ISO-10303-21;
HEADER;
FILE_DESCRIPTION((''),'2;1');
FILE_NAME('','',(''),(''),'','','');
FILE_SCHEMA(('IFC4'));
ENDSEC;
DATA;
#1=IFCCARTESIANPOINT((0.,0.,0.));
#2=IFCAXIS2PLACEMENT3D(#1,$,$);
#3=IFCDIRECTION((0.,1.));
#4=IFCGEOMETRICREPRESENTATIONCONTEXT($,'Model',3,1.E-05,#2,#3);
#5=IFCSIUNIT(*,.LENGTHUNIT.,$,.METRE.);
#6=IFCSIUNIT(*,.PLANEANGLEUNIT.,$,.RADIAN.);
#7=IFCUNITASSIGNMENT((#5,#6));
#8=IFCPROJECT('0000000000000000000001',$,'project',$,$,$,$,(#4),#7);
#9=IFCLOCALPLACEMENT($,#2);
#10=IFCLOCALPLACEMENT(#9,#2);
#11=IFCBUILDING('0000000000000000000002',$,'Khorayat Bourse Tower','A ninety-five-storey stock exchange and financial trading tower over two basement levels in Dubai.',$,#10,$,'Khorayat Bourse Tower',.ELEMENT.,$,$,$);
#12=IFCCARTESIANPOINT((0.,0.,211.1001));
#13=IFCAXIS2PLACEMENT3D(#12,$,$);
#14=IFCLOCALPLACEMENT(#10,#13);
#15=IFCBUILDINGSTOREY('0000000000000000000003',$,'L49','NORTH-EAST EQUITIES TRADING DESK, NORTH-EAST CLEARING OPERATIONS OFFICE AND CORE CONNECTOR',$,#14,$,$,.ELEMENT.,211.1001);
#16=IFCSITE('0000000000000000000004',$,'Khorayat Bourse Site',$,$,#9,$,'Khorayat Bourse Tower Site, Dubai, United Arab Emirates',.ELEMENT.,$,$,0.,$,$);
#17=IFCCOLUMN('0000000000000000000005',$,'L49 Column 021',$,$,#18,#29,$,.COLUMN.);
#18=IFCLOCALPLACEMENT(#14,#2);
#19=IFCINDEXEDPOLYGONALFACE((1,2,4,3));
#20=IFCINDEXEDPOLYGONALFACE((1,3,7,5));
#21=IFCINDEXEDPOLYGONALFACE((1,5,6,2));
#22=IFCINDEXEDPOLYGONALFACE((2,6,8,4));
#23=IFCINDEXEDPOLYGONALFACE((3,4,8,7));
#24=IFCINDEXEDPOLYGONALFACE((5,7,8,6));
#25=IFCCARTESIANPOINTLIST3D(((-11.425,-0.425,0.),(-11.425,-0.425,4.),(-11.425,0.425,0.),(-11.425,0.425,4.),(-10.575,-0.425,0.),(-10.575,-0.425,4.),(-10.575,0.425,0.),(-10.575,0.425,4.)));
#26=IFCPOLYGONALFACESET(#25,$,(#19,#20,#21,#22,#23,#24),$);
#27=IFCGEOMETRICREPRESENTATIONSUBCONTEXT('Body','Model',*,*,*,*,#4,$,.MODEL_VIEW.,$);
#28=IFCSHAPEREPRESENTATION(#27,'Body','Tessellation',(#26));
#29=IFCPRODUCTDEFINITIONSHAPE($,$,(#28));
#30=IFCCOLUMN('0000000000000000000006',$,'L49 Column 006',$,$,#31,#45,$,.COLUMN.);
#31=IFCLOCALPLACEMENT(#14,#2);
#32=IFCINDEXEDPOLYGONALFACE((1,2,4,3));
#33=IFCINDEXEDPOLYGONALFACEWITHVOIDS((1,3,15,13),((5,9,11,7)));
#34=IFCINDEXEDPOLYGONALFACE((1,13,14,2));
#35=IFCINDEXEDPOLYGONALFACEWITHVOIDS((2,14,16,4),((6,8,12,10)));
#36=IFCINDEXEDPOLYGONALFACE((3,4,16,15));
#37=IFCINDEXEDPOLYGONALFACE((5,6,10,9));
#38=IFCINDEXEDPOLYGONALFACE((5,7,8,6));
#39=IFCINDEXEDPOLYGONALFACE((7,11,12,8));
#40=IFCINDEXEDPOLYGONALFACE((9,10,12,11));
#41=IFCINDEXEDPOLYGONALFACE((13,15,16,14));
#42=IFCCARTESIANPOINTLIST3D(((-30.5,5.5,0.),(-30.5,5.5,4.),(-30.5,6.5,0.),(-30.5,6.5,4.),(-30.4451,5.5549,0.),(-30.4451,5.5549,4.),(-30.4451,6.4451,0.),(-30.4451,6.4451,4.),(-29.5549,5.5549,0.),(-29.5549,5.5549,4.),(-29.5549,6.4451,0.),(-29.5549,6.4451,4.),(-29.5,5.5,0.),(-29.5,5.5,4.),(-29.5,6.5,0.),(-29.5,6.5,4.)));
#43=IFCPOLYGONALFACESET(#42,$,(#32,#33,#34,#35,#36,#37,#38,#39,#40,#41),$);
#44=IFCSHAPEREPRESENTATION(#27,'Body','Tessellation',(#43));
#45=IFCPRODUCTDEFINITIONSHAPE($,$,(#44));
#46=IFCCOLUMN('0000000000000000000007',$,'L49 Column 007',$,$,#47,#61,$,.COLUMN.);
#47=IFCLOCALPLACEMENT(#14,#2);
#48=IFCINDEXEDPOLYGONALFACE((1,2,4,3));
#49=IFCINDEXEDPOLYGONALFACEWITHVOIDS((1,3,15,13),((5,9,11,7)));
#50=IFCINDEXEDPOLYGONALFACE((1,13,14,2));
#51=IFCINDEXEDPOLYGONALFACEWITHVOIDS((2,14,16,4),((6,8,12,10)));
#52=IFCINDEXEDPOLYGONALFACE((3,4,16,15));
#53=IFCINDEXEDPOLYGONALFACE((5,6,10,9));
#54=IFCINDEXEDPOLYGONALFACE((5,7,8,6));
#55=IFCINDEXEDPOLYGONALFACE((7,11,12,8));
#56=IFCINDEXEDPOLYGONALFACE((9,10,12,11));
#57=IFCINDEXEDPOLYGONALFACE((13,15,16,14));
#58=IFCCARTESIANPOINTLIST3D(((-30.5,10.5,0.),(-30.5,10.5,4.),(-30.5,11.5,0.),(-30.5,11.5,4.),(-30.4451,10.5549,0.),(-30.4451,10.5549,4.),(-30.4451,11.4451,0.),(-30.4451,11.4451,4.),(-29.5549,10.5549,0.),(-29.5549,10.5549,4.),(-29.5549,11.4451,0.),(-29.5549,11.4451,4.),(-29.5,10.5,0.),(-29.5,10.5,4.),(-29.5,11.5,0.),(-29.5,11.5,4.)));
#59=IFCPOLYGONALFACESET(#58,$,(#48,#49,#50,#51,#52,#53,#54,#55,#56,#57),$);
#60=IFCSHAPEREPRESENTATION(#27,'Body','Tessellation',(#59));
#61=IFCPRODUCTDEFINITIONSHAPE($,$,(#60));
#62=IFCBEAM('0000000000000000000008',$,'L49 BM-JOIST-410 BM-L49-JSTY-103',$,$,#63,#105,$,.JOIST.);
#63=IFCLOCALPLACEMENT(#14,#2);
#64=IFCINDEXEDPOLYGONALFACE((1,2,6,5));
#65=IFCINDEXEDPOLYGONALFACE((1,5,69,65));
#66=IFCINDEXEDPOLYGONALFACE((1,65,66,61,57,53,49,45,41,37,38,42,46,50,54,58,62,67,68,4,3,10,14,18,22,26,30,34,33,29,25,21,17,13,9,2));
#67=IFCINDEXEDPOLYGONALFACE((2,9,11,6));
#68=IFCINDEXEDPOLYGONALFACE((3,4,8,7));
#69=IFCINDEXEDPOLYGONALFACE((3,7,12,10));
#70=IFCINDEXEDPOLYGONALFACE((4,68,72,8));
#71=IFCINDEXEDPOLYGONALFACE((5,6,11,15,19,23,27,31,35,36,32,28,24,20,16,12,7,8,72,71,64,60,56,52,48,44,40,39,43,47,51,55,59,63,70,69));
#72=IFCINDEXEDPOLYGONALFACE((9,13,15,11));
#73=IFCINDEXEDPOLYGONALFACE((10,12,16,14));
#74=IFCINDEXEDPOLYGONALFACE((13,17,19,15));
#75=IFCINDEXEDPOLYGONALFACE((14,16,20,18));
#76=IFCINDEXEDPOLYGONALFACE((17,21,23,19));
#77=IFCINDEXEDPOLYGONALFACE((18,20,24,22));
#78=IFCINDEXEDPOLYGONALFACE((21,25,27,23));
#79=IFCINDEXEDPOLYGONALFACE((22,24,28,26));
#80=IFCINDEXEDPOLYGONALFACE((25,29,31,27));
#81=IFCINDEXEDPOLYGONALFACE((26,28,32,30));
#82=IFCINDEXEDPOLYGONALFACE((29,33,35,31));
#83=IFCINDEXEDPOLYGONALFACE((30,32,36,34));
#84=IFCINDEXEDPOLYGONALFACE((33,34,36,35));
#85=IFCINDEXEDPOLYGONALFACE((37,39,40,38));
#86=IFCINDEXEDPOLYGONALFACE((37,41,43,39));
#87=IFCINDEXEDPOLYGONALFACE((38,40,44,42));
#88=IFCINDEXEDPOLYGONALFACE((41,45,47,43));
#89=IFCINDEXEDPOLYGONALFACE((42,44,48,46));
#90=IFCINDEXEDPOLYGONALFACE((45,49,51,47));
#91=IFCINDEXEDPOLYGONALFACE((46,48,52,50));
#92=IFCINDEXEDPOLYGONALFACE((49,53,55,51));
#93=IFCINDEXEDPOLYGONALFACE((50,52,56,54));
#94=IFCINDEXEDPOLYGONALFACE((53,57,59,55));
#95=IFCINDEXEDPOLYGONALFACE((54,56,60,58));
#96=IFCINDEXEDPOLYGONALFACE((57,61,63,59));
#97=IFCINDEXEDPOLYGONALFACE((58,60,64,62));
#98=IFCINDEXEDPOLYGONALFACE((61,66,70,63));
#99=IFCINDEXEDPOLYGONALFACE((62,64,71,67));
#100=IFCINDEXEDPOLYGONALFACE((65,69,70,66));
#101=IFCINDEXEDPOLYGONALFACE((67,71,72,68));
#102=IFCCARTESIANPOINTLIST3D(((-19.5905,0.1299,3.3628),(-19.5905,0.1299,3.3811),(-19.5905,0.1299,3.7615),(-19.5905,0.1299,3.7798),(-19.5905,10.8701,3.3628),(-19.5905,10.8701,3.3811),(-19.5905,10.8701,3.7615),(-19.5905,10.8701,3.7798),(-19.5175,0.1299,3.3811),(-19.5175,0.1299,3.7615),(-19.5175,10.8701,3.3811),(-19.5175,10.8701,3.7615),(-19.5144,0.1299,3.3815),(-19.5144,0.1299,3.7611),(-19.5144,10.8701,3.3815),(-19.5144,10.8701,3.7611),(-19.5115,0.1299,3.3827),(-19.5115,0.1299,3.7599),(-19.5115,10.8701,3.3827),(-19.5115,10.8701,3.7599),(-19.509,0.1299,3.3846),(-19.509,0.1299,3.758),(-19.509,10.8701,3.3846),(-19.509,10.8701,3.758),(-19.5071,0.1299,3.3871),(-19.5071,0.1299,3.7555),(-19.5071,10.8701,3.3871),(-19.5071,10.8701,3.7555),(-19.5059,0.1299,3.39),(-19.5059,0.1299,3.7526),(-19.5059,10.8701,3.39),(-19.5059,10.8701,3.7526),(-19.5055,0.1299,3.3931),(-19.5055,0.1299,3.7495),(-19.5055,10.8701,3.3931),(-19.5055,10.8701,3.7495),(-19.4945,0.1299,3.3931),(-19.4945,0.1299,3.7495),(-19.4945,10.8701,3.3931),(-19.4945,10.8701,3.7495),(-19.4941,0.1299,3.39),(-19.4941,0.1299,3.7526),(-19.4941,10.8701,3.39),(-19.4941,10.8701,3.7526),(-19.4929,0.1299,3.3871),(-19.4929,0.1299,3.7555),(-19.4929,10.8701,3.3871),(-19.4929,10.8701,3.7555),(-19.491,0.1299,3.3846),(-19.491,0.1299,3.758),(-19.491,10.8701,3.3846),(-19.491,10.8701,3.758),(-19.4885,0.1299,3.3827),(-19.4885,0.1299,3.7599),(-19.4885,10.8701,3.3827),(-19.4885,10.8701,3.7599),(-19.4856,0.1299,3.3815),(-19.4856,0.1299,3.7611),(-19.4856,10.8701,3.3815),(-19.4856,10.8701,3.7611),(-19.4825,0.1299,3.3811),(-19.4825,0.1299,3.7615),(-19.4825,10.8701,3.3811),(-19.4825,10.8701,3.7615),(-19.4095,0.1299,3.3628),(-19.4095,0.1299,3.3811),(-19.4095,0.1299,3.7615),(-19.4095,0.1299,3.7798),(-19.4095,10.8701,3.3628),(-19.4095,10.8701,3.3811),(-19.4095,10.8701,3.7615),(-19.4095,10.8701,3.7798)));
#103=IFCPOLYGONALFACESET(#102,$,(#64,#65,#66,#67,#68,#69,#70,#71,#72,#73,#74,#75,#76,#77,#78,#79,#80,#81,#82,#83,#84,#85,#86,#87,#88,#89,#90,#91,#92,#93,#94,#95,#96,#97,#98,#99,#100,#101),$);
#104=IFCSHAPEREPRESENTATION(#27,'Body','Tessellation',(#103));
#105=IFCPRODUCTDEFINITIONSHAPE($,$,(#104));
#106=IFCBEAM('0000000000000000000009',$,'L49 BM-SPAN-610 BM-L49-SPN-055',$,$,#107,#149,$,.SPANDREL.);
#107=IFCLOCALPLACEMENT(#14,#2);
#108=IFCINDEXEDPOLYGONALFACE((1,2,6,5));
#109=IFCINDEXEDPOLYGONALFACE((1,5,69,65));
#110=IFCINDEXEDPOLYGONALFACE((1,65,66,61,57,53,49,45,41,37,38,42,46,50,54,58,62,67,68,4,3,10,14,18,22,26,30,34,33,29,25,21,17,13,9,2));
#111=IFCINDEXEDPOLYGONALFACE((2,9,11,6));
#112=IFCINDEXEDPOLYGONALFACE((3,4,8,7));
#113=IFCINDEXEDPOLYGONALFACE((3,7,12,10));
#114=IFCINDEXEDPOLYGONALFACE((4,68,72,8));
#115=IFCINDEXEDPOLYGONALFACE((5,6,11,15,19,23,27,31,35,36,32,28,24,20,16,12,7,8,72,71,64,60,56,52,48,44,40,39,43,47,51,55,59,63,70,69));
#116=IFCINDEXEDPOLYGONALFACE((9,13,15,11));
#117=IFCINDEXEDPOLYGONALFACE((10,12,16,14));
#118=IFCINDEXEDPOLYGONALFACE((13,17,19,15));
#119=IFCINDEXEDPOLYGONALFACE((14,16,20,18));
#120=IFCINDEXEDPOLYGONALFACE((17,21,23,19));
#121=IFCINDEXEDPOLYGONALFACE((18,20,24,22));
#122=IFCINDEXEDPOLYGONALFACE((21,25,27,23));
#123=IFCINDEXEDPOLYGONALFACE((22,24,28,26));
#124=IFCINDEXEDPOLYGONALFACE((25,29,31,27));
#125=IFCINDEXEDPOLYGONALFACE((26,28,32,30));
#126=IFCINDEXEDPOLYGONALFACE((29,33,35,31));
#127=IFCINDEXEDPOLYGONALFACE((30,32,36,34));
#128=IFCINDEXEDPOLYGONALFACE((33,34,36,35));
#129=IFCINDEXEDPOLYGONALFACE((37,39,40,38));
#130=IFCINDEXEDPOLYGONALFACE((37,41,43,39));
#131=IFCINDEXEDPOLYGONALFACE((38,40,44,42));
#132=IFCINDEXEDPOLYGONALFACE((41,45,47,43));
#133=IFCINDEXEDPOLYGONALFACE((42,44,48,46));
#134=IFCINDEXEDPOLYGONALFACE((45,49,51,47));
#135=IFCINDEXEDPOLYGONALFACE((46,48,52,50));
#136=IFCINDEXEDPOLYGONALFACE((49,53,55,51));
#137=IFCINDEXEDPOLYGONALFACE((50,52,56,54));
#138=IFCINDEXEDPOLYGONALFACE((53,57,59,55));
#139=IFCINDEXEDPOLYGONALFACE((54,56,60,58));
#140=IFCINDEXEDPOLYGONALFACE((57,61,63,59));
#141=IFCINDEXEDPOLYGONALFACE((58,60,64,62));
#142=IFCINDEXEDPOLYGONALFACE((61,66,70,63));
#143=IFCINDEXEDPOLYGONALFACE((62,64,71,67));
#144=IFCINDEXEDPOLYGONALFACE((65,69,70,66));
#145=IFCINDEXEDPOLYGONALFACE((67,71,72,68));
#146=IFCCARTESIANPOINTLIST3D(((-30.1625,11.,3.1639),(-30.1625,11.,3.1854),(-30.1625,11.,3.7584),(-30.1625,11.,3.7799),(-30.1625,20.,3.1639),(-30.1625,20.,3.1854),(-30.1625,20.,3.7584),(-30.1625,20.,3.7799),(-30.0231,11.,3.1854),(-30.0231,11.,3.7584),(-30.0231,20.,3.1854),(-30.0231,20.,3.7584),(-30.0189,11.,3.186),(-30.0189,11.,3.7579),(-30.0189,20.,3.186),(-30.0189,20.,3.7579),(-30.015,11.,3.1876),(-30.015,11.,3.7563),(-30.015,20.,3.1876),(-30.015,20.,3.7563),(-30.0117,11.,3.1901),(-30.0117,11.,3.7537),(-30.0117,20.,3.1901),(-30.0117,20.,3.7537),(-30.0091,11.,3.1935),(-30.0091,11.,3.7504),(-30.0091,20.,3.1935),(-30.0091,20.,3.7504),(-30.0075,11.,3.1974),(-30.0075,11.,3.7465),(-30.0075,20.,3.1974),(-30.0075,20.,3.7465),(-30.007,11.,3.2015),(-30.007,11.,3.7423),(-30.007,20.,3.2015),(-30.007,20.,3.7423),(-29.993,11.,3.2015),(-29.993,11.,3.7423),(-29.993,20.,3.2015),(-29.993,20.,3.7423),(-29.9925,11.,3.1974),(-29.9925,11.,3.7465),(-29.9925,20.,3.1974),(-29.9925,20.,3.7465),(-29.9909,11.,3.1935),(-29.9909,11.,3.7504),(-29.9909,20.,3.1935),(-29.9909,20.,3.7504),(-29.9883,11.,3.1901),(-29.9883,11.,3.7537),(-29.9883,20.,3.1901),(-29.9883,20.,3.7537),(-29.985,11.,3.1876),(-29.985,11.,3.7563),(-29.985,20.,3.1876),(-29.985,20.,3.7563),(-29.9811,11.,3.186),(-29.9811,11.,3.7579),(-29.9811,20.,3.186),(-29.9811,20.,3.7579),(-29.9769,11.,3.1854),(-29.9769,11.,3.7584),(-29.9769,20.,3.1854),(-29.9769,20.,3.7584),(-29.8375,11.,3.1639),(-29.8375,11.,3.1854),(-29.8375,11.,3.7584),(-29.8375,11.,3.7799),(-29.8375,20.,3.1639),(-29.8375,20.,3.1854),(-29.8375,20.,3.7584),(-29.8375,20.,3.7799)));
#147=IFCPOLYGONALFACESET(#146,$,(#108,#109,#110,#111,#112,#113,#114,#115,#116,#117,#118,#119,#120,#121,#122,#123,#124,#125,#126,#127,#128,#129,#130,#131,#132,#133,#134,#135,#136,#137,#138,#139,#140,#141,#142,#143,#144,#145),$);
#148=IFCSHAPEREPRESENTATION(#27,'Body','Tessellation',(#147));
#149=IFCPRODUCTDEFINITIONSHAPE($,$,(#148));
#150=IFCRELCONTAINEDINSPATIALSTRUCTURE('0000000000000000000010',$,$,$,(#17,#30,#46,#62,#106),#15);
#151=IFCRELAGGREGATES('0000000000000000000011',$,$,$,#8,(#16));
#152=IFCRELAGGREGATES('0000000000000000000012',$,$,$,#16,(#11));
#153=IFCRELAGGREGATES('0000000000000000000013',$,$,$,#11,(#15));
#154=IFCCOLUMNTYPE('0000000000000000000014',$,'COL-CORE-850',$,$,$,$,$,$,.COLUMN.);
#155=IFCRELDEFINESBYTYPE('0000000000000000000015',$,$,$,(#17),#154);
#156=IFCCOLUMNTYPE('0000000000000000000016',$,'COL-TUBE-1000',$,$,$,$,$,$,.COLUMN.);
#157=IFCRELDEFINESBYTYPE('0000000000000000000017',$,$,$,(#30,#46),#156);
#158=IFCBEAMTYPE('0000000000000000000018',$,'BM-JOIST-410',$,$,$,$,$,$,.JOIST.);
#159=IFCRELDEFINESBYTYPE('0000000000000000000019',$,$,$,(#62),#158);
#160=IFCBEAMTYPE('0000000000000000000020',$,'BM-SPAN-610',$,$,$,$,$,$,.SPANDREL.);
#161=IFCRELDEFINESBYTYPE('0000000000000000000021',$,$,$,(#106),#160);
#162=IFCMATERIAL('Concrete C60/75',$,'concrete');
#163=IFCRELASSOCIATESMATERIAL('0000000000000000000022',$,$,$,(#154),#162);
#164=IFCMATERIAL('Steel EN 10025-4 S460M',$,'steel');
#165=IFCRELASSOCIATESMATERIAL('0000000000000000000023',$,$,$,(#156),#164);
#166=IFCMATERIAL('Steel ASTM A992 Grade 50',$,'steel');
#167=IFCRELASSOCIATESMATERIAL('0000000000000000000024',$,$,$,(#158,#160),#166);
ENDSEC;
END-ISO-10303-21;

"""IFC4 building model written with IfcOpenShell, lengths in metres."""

from ifc_helpers import new_model, si_unit, direction, frame, origin, origin_2d, place, context, subcontext, project, spatial, rectangle, hollow_rectangle, i_section, extrude, source, transform, mapped, material, material_profile, profile_set, type_object, element, save


model = new_model("IFC4")

# Units and contexts
model_context = context("Model", 3, precision=1e-05, world=origin(), true_north=direction((0.0, 1.0)))
body_context = subcontext(model_context, "Body", "Model", "MODEL_VIEW")
ifc_project = project(units=[si_unit("LENGTHUNIT", "METRE"), si_unit("PLANEANGLEUNIT", "RADIAN")], contexts=[model_context])

# Site, building, storey
site_placement = place(None, origin())
site = spatial("IfcSite", under=ifc_project, at=site_placement, Name="Khorayat Bourse Site", LongName="Khorayat Bourse Tower Site, Dubai, United Arab Emirates", CompositionType="ELEMENT", RefElevation=0.0)
building_placement = place(site_placement, origin())
building = spatial("IfcBuilding", under=site, at=building_placement, Name="Khorayat Bourse Tower", Description="A ninety-five-storey stock exchange and financial trading tower over two basement levels in Dubai.", LongName="Khorayat Bourse Tower", CompositionType="ELEMENT")
storey_placement = place(building_placement, frame((0.0, 0.0, 211.1001)))
storey = spatial("IfcBuildingStorey", under=building, at=storey_placement, Name="L49", Description="NORTH-EAST EQUITIES TRADING DESK, NORTH-EAST CLEARING OPERATIONS OFFICE AND CORE CONNECTOR", CompositionType="ELEMENT", Elevation=211.1001)

# Columns
ifc_material_1 = material(Name="Concrete C60/75", Category="concrete")
ifc_material_profile_1 = material_profile(ifc_material_1, rectangle(XDim=0.8501, YDim=0.8501, at=origin_2d()), Name="RC 850x850")
ifc_profile_set_1 = profile_set([ifc_material_profile_1], Name="Concrete C60/75")
column_type_1 = type_object("IfcColumnType", Name="COL-CORE-850", PredefinedType="COLUMN", material=ifc_profile_set_1)
shared_shape_1 = source(origin(), body_context, "Body", "SweptSolid", [
    extrude(rectangle(XDim=0.8501, YDim=0.8501, at=origin_2d()), origin(), (0.0, 0.0, 1.0), 4.0),
])
column_placement = place(storey_placement, frame((-11.0, 0.0, 0.0), z_axis=(0.0, 0.0, 1.0), x_axis=(1.0, 0.0, 0.0)))
element("IfcColumn", 1, at=column_placement, inside=storey, type_object=column_type_1, Name="L49 Column 021", PredefinedType="COLUMN", context=body_context, shape_type="MappedRepresentation", body=[
    mapped(shared_shape_1, transform((0.0, 0.0, 0.0), scale=1.0)),
])
ifc_material_2 = material(Name="Steel EN 10025-4 S460M", Category="steel")
ifc_material_profile_2 = material_profile(ifc_material_2, hollow_rectangle(XDim=1.0, YDim=1.0, WallThickness=0.0549, at=origin_2d()), Name="BOX 1000x1000x55")
ifc_profile_set_2 = profile_set([ifc_material_profile_2], Name="Steel EN 10025-4 S460M")
column_type_2 = type_object("IfcColumnType", Name="COL-TUBE-1000", PredefinedType="COLUMN", material=ifc_profile_set_2)
shared_shape_2 = source(origin(), body_context, "Body", "SweptSolid", [
    extrude(hollow_rectangle(XDim=1.0, YDim=1.0, WallThickness=0.0549, at=origin_2d()), origin(), (0.0, 0.0, 1.0), 4.0),
])
for number, where, z_axis, x_axis, name in (
    (2, (-30.0, 6.0, 0.0), (0.0, 0.0, 1.0), (1.0, 0.0, 0.0), "L49 Column 006"),
    (3, (-30.0, 11.0, 0.0), (0.0, 0.0, 1.0), (1.0, 0.0, 0.0), "L49 Column 007"),
):
    element("IfcColumn", number, at=place(storey_placement, frame(where, z_axis=z_axis, x_axis=x_axis)), inside=storey, type_object=column_type_2, Name=name, PredefinedType="COLUMN", context=body_context, shape_type="MappedRepresentation", body=[
        mapped(shared_shape_2, transform((0.0, 0.0, 0.0), scale=1.0)),
    ])

# Beams
ifc_material_3 = material(Name="Steel ASTM A992 Grade 50", Category="steel")
ifc_material_profile_3 = material_profile(ifc_material_3, i_section(OverallWidth=0.1809, OverallDepth=0.417, WebThickness=0.011, FlangeThickness=0.0183, FilletRadius=0.012, at=origin_2d()), Name="W410X85")
ifc_profile_set_3 = profile_set([ifc_material_profile_3], Name="Steel ASTM A992 Grade 50")
beam_type_1 = type_object("IfcBeamType", Name="BM-JOIST-410", PredefinedType="JOIST", material=ifc_profile_set_3)
shared_shape_3 = source(origin(), body_context, "Body", "SweptSolid", [
    extrude(i_section(OverallWidth=0.1809, OverallDepth=0.417, WebThickness=0.011, FlangeThickness=0.0183, FilletRadius=0.012, at=origin_2d()), origin(), (0.0, 0.0, 1.0), 10.7402),
])
beam_1_placement = place(storey_placement, frame((-19.5, 0.1299, 3.5713), z_axis=(0.0, 1.0, 0.0), x_axis=(-1.0, 0.0, 0.0)))
element("IfcBeam", 4, at=beam_1_placement, inside=storey, type_object=beam_type_1, Name="L49 BM-JOIST-410 BM-L49-JSTY-103", PredefinedType="JOIST", context=body_context, shape_type="MappedRepresentation", body=[
    mapped(shared_shape_3, transform((0.0, 0.0, 0.0), scale=1.0)),
])
ifc_material_profile_4 = material_profile(ifc_material_3, i_section(OverallWidth=0.325, OverallDepth=0.616, WebThickness=0.0139, FlangeThickness=0.0215, FilletRadius=0.0161, at=origin_2d()), Name="W610X174")
ifc_profile_set_4 = profile_set([ifc_material_profile_4], Name="Steel ASTM A992 Grade 50")
beam_type_2 = type_object("IfcBeamType", Name="BM-SPAN-610", PredefinedType="SPANDREL", material=ifc_profile_set_4)
shared_shape_4 = source(origin(), body_context, "Body", "SweptSolid", [
    extrude(i_section(OverallWidth=0.325, OverallDepth=0.616, WebThickness=0.0139, FlangeThickness=0.0215, FilletRadius=0.0161, at=origin_2d()), origin(), (0.0, 0.0, 1.0), 9.0),
])
beam_2_placement = place(storey_placement, frame((-30.0, 11.0, 3.4719), z_axis=(0.0, 1.0, 0.0), x_axis=(-1.0, 0.0, 0.0)))
element("IfcBeam", 5, at=beam_2_placement, inside=storey, type_object=beam_type_2, Name="L49 BM-SPAN-610 BM-L49-SPN-055", PredefinedType="SPANDREL", context=body_context, shape_type="MappedRepresentation", body=[
    mapped(shared_shape_4, transform((0.0, 0.0, 0.0), scale=1.0)),
])

save(model, "model.ifc")
